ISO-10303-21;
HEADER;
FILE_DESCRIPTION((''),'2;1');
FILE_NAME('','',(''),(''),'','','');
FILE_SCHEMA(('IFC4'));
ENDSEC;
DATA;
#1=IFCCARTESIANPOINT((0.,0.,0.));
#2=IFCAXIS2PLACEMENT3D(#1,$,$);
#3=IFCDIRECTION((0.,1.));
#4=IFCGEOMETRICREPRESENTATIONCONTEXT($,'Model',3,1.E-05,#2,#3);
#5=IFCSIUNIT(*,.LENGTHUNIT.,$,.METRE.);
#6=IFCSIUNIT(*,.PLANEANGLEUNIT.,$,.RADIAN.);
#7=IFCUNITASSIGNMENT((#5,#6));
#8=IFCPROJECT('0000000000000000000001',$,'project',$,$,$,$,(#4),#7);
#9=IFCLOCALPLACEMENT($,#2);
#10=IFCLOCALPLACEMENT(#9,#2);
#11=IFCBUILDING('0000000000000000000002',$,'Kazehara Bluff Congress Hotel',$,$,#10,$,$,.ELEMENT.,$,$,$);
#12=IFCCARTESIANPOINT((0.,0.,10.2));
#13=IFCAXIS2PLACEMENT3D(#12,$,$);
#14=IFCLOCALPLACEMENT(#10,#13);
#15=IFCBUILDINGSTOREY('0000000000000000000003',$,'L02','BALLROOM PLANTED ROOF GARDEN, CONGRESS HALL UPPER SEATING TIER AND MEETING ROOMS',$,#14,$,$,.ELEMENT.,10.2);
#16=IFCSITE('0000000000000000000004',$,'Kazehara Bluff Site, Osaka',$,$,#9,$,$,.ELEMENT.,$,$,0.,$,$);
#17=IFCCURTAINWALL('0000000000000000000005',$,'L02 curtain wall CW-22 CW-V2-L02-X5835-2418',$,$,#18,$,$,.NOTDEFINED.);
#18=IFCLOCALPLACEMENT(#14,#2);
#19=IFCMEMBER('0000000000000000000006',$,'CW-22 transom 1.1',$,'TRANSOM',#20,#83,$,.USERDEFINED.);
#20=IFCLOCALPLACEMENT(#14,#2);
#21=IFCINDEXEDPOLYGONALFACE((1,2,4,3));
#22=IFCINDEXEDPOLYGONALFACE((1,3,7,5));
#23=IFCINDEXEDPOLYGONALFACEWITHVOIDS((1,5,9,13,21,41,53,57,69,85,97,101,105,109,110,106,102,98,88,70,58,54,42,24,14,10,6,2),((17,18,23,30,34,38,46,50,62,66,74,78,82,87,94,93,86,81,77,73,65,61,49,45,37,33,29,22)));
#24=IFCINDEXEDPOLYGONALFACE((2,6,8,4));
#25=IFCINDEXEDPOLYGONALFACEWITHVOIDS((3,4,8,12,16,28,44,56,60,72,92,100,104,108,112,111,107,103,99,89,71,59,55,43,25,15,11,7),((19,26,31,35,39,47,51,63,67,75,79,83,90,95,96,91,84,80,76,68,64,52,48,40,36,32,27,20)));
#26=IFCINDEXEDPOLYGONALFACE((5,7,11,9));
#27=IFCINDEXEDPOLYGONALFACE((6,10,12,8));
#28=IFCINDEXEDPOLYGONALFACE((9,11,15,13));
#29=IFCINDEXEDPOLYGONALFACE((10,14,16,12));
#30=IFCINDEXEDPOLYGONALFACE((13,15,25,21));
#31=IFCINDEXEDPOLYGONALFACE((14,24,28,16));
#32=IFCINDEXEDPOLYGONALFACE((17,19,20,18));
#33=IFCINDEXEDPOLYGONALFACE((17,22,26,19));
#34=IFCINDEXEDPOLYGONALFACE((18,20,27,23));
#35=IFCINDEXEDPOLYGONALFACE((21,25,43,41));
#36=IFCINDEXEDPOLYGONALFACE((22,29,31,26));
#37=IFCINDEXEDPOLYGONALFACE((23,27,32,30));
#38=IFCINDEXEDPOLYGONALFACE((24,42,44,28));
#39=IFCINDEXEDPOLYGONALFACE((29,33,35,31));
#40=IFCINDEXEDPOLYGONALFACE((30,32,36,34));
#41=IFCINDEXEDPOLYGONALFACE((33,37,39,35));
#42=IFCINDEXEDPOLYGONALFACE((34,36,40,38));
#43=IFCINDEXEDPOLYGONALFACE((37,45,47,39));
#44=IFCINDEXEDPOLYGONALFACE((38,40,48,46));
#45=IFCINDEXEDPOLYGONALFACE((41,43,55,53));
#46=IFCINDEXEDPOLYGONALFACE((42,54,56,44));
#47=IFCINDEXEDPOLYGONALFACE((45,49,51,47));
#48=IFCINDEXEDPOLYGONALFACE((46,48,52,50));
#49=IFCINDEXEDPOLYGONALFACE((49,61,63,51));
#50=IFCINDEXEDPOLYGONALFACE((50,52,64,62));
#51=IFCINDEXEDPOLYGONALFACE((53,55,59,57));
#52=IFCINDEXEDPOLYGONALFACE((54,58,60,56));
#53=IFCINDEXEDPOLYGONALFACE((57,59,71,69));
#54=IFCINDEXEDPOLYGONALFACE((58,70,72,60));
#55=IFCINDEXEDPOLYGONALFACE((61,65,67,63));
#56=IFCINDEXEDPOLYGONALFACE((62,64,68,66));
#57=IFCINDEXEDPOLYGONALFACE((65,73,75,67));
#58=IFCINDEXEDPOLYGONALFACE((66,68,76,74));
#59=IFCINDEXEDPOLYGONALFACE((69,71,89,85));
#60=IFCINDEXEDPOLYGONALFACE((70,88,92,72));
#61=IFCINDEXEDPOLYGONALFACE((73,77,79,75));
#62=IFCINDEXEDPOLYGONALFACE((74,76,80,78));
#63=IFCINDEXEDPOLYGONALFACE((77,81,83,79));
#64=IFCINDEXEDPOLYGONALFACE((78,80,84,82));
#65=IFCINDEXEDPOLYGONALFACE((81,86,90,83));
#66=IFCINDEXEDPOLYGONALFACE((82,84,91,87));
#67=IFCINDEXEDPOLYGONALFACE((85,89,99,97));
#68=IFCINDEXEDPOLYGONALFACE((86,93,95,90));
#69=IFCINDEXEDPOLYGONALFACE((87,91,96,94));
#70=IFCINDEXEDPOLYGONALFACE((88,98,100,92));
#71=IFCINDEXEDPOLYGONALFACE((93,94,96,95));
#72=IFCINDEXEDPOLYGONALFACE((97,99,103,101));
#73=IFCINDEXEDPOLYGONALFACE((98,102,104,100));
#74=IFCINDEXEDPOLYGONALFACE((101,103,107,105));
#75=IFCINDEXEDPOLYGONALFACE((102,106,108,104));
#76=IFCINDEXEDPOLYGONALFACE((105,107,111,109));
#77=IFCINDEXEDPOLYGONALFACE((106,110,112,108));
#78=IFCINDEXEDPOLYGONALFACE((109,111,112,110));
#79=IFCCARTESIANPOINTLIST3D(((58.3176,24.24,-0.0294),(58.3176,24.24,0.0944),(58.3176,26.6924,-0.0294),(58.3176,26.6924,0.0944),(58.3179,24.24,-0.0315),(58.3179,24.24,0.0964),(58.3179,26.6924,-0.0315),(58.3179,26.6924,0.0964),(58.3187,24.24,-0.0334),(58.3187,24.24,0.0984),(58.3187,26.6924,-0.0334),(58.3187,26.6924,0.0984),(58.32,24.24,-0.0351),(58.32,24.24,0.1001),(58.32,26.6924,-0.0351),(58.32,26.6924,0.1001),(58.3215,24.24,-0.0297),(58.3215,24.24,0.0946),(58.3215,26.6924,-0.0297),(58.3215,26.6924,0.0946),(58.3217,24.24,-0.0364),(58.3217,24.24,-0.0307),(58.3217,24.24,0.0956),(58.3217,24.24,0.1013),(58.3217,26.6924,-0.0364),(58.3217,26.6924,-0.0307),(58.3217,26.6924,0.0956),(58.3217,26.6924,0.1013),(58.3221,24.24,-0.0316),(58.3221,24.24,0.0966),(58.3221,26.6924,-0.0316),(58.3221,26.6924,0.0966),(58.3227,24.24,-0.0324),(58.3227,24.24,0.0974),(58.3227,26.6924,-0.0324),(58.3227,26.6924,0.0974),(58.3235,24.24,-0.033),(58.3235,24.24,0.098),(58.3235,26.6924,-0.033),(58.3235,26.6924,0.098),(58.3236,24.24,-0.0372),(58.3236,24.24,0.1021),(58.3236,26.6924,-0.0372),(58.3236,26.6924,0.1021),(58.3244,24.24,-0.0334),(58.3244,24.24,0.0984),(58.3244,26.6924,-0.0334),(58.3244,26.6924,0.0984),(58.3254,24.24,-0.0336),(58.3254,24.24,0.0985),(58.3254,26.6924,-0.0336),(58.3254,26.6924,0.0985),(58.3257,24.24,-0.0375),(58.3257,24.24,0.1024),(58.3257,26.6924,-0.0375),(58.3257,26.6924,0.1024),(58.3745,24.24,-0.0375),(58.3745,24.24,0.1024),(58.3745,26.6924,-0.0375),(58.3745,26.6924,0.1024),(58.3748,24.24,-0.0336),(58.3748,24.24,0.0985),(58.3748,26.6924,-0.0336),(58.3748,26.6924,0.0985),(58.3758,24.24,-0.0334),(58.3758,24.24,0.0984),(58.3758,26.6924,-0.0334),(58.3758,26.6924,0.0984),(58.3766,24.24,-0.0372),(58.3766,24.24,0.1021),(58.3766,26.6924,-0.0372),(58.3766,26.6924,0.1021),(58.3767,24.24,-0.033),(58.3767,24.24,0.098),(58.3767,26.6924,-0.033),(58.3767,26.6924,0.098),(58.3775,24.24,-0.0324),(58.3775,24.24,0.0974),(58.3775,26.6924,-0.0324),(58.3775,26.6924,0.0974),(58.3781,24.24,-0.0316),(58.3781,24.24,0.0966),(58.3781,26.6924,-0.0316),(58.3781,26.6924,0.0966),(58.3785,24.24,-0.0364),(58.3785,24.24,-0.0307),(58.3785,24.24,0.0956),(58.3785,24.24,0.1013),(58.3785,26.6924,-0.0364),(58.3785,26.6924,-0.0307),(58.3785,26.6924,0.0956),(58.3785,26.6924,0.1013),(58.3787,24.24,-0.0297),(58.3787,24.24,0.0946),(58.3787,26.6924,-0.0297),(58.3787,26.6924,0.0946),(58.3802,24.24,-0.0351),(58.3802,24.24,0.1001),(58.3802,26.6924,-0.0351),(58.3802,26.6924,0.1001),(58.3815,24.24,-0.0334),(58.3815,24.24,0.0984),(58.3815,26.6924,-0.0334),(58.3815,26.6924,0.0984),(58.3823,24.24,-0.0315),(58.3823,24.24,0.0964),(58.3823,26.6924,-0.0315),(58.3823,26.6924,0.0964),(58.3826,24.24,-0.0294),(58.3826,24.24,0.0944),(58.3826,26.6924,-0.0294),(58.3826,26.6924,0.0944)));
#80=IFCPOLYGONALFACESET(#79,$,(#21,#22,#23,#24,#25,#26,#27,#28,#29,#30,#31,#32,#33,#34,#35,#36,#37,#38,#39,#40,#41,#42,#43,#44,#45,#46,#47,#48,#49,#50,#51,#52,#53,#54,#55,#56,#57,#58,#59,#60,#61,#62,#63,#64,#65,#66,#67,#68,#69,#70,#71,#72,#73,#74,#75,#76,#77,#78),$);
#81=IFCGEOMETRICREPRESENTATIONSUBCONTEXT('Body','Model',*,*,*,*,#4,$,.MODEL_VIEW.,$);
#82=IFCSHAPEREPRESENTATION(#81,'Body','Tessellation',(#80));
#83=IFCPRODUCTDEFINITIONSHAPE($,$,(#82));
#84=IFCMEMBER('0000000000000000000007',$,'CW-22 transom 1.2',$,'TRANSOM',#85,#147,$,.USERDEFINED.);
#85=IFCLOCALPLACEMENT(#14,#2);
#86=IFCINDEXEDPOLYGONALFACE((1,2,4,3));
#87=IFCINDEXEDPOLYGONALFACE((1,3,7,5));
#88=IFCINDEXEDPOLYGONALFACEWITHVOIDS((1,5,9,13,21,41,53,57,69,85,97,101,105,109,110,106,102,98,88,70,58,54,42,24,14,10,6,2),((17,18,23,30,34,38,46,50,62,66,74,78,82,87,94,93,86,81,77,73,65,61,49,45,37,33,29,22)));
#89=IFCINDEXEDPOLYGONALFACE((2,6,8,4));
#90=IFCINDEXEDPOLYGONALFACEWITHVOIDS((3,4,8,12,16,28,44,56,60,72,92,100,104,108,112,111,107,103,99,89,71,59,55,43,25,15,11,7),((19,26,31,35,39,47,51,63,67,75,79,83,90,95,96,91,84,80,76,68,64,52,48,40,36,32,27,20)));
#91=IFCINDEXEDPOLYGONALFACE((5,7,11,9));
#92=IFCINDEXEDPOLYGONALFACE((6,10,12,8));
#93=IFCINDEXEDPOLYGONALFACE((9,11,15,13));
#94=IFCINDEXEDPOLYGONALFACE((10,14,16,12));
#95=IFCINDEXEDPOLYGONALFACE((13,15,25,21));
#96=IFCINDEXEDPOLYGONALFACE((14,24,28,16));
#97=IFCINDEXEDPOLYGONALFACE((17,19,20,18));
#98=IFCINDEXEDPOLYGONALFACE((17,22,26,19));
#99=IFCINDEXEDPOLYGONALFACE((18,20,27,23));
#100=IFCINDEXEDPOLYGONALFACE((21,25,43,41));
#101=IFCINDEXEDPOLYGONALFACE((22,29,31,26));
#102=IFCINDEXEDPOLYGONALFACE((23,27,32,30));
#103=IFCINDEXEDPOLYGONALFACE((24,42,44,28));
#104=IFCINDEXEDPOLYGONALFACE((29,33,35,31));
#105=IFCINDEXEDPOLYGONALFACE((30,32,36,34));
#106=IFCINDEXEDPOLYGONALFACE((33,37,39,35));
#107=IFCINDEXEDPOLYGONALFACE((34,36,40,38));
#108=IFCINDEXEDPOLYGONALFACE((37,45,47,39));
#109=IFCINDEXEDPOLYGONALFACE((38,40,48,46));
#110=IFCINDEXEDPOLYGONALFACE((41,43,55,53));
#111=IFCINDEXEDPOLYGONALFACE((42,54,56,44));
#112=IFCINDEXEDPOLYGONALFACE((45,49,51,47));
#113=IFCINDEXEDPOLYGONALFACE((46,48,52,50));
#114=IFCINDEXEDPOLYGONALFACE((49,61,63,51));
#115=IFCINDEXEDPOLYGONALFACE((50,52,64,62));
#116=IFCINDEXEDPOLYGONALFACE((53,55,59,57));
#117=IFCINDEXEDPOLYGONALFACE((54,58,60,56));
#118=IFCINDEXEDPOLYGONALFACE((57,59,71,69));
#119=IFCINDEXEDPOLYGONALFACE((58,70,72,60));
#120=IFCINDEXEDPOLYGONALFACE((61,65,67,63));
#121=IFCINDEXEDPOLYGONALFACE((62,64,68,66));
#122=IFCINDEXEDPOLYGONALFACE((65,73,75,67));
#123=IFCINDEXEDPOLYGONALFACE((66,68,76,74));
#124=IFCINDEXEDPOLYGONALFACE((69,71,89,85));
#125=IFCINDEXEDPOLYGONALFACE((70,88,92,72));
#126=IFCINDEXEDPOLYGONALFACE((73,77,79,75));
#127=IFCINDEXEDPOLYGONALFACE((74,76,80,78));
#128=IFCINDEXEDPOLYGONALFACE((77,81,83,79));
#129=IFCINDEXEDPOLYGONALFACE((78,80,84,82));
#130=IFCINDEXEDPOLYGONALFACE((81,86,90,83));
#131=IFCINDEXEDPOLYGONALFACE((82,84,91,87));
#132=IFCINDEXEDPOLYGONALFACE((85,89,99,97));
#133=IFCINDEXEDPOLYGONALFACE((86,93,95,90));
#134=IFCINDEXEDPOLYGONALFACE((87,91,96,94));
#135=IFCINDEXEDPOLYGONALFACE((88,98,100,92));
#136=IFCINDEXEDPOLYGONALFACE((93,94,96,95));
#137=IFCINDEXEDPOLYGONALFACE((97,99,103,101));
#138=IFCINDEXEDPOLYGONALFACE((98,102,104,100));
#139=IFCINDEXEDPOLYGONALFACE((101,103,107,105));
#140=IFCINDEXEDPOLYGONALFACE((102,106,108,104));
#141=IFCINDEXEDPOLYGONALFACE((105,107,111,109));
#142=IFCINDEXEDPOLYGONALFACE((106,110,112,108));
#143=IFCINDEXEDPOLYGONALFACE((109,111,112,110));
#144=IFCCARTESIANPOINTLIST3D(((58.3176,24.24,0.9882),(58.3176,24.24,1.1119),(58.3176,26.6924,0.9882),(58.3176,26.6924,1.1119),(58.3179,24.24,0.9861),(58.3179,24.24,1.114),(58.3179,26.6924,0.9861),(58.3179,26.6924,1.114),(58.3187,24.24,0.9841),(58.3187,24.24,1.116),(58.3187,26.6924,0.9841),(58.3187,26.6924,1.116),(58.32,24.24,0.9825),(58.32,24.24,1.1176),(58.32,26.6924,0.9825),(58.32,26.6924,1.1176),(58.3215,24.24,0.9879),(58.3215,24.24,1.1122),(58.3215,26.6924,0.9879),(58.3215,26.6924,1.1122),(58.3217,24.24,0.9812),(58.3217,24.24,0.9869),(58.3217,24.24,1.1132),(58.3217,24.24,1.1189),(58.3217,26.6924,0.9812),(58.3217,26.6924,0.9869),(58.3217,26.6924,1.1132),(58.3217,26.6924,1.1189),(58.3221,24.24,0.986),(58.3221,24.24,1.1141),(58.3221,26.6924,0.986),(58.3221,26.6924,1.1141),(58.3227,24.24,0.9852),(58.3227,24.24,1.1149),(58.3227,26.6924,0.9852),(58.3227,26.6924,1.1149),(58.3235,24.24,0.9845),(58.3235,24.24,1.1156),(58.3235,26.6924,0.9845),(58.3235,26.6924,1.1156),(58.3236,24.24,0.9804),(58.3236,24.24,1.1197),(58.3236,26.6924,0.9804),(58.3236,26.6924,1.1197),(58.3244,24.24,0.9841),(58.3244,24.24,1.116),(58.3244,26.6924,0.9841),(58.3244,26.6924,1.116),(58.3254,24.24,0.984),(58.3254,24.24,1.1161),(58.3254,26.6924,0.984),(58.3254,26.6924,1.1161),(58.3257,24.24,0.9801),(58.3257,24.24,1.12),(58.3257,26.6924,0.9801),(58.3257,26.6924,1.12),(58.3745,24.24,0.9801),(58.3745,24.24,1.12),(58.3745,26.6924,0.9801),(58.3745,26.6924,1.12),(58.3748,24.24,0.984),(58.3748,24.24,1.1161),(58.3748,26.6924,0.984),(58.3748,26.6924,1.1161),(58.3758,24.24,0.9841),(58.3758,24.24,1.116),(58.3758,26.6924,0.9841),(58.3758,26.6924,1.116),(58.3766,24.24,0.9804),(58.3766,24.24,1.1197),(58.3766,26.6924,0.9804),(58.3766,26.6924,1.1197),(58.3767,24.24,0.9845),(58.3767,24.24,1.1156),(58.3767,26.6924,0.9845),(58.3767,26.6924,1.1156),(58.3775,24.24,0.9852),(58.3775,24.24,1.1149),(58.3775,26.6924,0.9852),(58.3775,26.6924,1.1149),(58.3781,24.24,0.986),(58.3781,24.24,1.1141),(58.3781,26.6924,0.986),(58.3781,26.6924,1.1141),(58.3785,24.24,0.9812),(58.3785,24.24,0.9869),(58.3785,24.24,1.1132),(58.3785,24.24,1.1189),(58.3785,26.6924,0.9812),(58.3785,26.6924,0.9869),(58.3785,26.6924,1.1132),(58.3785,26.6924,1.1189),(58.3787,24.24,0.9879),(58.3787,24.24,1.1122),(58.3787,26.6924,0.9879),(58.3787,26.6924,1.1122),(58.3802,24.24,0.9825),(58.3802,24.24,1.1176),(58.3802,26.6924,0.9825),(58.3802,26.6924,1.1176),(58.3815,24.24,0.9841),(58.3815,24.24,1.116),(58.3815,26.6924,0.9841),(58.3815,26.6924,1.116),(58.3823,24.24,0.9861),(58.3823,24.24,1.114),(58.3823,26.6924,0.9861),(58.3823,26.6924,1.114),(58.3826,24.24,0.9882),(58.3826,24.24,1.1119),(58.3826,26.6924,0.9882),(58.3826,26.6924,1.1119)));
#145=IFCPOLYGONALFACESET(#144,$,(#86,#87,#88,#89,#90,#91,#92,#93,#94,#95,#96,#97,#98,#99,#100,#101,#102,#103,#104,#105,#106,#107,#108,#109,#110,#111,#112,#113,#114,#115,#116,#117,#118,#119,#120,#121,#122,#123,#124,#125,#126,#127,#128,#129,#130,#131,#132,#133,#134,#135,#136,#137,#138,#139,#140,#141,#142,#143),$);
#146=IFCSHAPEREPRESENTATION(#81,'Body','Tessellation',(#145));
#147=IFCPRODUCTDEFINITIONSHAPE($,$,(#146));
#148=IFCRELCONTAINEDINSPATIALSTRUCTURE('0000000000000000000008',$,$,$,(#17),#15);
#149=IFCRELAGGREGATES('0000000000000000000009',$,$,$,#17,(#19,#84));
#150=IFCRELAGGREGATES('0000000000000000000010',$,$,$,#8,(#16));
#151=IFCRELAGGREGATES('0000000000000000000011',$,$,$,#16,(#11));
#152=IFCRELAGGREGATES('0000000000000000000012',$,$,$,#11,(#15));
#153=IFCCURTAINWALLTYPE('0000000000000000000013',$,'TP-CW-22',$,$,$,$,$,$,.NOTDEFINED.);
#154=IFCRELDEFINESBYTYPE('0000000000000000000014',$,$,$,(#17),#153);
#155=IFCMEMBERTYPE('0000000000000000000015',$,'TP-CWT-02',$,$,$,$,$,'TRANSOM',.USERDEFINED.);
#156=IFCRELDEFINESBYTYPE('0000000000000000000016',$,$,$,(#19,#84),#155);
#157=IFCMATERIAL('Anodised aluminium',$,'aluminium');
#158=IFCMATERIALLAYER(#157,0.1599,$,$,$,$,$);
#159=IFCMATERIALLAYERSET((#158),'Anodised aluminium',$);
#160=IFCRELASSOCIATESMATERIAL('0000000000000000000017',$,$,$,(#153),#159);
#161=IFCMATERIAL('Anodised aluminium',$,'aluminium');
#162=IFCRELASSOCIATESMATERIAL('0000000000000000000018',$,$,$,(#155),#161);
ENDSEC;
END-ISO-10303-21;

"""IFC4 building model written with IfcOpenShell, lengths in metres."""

from ifc_helpers import new_model, si_unit, direction, frame, origin, origin_2d, place, context, subcontext, project, spatial, hollow_rectangle, extrude, material, layer, layer_set, material_profile, profile_set, type_object, element, aggregate, save


model = new_model("IFC4")

# Units and contexts
model_context = context("Model", 3, precision=1e-05, world=origin(), true_north=direction((0.0, 1.0)))
body_context = subcontext(model_context, "Body", "Model", "MODEL_VIEW")
ifc_project = project(units=[si_unit("LENGTHUNIT", "METRE"), si_unit("PLANEANGLEUNIT", "RADIAN")], contexts=[model_context])

# Site, building, storey
site_placement = place(None, origin())
site = spatial("IfcSite", under=ifc_project, at=site_placement, Name="Kazehara Bluff Site, Osaka", CompositionType="ELEMENT", RefElevation=0.0)
building_placement = place(site_placement, origin())
building = spatial("IfcBuilding", under=site, at=building_placement, Name="Kazehara Bluff Congress Hotel", CompositionType="ELEMENT")
storey_placement = place(building_placement, frame((0.0, 0.0, 10.2)))
storey = spatial("IfcBuildingStorey", under=building, at=storey_placement, Name="L02", Description="BALLROOM PLANTED ROOF GARDEN, CONGRESS HALL UPPER SEATING TIER AND MEETING ROOMS", CompositionType="ELEMENT", Elevation=10.2)

# Shared definitions
ifc_material_1 = material(Name="Anodised aluminium", Category="aluminium")
ifc_layer_1 = layer(ifc_material_1, 0.1599)
ifc_layer_set_1 = layer_set([ifc_layer_1], Name="Anodised aluminium")
curtain_wall_type = type_object("IfcCurtainWallType", Name="TP-CW-22", PredefinedType="NOTDEFINED", material=ifc_layer_set_1)

# Curtain wall
curtain_wall_1_placement = place(storey_placement, origin())
curtain_wall_1 = element("IfcCurtainWall", 1, at=curtain_wall_1_placement, inside=storey, type_object=curtain_wall_type, Name="L02 curtain wall CW-22 CW-V2-L02-X5835-2418", PredefinedType="NOTDEFINED")

# Members
ifc_material_2 = material(Name="Anodised aluminium", Category="aluminium")
ifc_material_profile_1 = material_profile(ifc_material_2, hollow_rectangle(XDim=0.0649, YDim=0.1399, WallThickness=0.0039, InnerFilletRadius=0.0039, OuterFilletRadius=0.0081, at=origin_2d()))
ifc_profile_set_1 = profile_set([ifc_material_profile_1], Name="Anodised aluminium")
member_type_1 = type_object("IfcMemberType", Name="TP-CWT-02", ElementType="TRANSOM", PredefinedType="USERDEFINED", material=ifc_profile_set_1)
member_1_placement = place(storey_placement, frame((58.3501, 24.24, 0.0325), z_axis=(0.0, 1.0, 0.0), x_axis=(-1.0, 0.0, 0.0)))
member_1 = element("IfcMember", 2, at=member_1_placement, type_object=member_type_1, Name="CW-22 transom 1.1", ObjectType="TRANSOM", PredefinedType="USERDEFINED", context=body_context, shape_type="SweptSolid", body=[
    extrude(hollow_rectangle(XDim=0.0649, YDim=0.1399, WallThickness=0.0039, InnerFilletRadius=0.0039, OuterFilletRadius=0.0081, at=origin_2d()), origin(), (0.0, 0.0, 1.0), 2.4524),
])
member_2_placement = place(storey_placement, frame((58.3501, 24.24, 1.05), z_axis=(0.0, 1.0, 0.0), x_axis=(-1.0, 0.0, 0.0)))
member_2 = element("IfcMember", 3, at=member_2_placement, type_object=member_type_1, Name="CW-22 transom 1.2", ObjectType="TRANSOM", PredefinedType="USERDEFINED", context=body_context, shape_type="SweptSolid", body=[
    extrude(hollow_rectangle(XDim=0.0649, YDim=0.1399, WallThickness=0.0039, InnerFilletRadius=0.0039, OuterFilletRadius=0.0081, at=origin_2d()), origin(), (0.0, 0.0, 1.0), 2.4524),
])

aggregate(curtain_wall_1, [member_1, member_2])

save(model, "model.ifc")
